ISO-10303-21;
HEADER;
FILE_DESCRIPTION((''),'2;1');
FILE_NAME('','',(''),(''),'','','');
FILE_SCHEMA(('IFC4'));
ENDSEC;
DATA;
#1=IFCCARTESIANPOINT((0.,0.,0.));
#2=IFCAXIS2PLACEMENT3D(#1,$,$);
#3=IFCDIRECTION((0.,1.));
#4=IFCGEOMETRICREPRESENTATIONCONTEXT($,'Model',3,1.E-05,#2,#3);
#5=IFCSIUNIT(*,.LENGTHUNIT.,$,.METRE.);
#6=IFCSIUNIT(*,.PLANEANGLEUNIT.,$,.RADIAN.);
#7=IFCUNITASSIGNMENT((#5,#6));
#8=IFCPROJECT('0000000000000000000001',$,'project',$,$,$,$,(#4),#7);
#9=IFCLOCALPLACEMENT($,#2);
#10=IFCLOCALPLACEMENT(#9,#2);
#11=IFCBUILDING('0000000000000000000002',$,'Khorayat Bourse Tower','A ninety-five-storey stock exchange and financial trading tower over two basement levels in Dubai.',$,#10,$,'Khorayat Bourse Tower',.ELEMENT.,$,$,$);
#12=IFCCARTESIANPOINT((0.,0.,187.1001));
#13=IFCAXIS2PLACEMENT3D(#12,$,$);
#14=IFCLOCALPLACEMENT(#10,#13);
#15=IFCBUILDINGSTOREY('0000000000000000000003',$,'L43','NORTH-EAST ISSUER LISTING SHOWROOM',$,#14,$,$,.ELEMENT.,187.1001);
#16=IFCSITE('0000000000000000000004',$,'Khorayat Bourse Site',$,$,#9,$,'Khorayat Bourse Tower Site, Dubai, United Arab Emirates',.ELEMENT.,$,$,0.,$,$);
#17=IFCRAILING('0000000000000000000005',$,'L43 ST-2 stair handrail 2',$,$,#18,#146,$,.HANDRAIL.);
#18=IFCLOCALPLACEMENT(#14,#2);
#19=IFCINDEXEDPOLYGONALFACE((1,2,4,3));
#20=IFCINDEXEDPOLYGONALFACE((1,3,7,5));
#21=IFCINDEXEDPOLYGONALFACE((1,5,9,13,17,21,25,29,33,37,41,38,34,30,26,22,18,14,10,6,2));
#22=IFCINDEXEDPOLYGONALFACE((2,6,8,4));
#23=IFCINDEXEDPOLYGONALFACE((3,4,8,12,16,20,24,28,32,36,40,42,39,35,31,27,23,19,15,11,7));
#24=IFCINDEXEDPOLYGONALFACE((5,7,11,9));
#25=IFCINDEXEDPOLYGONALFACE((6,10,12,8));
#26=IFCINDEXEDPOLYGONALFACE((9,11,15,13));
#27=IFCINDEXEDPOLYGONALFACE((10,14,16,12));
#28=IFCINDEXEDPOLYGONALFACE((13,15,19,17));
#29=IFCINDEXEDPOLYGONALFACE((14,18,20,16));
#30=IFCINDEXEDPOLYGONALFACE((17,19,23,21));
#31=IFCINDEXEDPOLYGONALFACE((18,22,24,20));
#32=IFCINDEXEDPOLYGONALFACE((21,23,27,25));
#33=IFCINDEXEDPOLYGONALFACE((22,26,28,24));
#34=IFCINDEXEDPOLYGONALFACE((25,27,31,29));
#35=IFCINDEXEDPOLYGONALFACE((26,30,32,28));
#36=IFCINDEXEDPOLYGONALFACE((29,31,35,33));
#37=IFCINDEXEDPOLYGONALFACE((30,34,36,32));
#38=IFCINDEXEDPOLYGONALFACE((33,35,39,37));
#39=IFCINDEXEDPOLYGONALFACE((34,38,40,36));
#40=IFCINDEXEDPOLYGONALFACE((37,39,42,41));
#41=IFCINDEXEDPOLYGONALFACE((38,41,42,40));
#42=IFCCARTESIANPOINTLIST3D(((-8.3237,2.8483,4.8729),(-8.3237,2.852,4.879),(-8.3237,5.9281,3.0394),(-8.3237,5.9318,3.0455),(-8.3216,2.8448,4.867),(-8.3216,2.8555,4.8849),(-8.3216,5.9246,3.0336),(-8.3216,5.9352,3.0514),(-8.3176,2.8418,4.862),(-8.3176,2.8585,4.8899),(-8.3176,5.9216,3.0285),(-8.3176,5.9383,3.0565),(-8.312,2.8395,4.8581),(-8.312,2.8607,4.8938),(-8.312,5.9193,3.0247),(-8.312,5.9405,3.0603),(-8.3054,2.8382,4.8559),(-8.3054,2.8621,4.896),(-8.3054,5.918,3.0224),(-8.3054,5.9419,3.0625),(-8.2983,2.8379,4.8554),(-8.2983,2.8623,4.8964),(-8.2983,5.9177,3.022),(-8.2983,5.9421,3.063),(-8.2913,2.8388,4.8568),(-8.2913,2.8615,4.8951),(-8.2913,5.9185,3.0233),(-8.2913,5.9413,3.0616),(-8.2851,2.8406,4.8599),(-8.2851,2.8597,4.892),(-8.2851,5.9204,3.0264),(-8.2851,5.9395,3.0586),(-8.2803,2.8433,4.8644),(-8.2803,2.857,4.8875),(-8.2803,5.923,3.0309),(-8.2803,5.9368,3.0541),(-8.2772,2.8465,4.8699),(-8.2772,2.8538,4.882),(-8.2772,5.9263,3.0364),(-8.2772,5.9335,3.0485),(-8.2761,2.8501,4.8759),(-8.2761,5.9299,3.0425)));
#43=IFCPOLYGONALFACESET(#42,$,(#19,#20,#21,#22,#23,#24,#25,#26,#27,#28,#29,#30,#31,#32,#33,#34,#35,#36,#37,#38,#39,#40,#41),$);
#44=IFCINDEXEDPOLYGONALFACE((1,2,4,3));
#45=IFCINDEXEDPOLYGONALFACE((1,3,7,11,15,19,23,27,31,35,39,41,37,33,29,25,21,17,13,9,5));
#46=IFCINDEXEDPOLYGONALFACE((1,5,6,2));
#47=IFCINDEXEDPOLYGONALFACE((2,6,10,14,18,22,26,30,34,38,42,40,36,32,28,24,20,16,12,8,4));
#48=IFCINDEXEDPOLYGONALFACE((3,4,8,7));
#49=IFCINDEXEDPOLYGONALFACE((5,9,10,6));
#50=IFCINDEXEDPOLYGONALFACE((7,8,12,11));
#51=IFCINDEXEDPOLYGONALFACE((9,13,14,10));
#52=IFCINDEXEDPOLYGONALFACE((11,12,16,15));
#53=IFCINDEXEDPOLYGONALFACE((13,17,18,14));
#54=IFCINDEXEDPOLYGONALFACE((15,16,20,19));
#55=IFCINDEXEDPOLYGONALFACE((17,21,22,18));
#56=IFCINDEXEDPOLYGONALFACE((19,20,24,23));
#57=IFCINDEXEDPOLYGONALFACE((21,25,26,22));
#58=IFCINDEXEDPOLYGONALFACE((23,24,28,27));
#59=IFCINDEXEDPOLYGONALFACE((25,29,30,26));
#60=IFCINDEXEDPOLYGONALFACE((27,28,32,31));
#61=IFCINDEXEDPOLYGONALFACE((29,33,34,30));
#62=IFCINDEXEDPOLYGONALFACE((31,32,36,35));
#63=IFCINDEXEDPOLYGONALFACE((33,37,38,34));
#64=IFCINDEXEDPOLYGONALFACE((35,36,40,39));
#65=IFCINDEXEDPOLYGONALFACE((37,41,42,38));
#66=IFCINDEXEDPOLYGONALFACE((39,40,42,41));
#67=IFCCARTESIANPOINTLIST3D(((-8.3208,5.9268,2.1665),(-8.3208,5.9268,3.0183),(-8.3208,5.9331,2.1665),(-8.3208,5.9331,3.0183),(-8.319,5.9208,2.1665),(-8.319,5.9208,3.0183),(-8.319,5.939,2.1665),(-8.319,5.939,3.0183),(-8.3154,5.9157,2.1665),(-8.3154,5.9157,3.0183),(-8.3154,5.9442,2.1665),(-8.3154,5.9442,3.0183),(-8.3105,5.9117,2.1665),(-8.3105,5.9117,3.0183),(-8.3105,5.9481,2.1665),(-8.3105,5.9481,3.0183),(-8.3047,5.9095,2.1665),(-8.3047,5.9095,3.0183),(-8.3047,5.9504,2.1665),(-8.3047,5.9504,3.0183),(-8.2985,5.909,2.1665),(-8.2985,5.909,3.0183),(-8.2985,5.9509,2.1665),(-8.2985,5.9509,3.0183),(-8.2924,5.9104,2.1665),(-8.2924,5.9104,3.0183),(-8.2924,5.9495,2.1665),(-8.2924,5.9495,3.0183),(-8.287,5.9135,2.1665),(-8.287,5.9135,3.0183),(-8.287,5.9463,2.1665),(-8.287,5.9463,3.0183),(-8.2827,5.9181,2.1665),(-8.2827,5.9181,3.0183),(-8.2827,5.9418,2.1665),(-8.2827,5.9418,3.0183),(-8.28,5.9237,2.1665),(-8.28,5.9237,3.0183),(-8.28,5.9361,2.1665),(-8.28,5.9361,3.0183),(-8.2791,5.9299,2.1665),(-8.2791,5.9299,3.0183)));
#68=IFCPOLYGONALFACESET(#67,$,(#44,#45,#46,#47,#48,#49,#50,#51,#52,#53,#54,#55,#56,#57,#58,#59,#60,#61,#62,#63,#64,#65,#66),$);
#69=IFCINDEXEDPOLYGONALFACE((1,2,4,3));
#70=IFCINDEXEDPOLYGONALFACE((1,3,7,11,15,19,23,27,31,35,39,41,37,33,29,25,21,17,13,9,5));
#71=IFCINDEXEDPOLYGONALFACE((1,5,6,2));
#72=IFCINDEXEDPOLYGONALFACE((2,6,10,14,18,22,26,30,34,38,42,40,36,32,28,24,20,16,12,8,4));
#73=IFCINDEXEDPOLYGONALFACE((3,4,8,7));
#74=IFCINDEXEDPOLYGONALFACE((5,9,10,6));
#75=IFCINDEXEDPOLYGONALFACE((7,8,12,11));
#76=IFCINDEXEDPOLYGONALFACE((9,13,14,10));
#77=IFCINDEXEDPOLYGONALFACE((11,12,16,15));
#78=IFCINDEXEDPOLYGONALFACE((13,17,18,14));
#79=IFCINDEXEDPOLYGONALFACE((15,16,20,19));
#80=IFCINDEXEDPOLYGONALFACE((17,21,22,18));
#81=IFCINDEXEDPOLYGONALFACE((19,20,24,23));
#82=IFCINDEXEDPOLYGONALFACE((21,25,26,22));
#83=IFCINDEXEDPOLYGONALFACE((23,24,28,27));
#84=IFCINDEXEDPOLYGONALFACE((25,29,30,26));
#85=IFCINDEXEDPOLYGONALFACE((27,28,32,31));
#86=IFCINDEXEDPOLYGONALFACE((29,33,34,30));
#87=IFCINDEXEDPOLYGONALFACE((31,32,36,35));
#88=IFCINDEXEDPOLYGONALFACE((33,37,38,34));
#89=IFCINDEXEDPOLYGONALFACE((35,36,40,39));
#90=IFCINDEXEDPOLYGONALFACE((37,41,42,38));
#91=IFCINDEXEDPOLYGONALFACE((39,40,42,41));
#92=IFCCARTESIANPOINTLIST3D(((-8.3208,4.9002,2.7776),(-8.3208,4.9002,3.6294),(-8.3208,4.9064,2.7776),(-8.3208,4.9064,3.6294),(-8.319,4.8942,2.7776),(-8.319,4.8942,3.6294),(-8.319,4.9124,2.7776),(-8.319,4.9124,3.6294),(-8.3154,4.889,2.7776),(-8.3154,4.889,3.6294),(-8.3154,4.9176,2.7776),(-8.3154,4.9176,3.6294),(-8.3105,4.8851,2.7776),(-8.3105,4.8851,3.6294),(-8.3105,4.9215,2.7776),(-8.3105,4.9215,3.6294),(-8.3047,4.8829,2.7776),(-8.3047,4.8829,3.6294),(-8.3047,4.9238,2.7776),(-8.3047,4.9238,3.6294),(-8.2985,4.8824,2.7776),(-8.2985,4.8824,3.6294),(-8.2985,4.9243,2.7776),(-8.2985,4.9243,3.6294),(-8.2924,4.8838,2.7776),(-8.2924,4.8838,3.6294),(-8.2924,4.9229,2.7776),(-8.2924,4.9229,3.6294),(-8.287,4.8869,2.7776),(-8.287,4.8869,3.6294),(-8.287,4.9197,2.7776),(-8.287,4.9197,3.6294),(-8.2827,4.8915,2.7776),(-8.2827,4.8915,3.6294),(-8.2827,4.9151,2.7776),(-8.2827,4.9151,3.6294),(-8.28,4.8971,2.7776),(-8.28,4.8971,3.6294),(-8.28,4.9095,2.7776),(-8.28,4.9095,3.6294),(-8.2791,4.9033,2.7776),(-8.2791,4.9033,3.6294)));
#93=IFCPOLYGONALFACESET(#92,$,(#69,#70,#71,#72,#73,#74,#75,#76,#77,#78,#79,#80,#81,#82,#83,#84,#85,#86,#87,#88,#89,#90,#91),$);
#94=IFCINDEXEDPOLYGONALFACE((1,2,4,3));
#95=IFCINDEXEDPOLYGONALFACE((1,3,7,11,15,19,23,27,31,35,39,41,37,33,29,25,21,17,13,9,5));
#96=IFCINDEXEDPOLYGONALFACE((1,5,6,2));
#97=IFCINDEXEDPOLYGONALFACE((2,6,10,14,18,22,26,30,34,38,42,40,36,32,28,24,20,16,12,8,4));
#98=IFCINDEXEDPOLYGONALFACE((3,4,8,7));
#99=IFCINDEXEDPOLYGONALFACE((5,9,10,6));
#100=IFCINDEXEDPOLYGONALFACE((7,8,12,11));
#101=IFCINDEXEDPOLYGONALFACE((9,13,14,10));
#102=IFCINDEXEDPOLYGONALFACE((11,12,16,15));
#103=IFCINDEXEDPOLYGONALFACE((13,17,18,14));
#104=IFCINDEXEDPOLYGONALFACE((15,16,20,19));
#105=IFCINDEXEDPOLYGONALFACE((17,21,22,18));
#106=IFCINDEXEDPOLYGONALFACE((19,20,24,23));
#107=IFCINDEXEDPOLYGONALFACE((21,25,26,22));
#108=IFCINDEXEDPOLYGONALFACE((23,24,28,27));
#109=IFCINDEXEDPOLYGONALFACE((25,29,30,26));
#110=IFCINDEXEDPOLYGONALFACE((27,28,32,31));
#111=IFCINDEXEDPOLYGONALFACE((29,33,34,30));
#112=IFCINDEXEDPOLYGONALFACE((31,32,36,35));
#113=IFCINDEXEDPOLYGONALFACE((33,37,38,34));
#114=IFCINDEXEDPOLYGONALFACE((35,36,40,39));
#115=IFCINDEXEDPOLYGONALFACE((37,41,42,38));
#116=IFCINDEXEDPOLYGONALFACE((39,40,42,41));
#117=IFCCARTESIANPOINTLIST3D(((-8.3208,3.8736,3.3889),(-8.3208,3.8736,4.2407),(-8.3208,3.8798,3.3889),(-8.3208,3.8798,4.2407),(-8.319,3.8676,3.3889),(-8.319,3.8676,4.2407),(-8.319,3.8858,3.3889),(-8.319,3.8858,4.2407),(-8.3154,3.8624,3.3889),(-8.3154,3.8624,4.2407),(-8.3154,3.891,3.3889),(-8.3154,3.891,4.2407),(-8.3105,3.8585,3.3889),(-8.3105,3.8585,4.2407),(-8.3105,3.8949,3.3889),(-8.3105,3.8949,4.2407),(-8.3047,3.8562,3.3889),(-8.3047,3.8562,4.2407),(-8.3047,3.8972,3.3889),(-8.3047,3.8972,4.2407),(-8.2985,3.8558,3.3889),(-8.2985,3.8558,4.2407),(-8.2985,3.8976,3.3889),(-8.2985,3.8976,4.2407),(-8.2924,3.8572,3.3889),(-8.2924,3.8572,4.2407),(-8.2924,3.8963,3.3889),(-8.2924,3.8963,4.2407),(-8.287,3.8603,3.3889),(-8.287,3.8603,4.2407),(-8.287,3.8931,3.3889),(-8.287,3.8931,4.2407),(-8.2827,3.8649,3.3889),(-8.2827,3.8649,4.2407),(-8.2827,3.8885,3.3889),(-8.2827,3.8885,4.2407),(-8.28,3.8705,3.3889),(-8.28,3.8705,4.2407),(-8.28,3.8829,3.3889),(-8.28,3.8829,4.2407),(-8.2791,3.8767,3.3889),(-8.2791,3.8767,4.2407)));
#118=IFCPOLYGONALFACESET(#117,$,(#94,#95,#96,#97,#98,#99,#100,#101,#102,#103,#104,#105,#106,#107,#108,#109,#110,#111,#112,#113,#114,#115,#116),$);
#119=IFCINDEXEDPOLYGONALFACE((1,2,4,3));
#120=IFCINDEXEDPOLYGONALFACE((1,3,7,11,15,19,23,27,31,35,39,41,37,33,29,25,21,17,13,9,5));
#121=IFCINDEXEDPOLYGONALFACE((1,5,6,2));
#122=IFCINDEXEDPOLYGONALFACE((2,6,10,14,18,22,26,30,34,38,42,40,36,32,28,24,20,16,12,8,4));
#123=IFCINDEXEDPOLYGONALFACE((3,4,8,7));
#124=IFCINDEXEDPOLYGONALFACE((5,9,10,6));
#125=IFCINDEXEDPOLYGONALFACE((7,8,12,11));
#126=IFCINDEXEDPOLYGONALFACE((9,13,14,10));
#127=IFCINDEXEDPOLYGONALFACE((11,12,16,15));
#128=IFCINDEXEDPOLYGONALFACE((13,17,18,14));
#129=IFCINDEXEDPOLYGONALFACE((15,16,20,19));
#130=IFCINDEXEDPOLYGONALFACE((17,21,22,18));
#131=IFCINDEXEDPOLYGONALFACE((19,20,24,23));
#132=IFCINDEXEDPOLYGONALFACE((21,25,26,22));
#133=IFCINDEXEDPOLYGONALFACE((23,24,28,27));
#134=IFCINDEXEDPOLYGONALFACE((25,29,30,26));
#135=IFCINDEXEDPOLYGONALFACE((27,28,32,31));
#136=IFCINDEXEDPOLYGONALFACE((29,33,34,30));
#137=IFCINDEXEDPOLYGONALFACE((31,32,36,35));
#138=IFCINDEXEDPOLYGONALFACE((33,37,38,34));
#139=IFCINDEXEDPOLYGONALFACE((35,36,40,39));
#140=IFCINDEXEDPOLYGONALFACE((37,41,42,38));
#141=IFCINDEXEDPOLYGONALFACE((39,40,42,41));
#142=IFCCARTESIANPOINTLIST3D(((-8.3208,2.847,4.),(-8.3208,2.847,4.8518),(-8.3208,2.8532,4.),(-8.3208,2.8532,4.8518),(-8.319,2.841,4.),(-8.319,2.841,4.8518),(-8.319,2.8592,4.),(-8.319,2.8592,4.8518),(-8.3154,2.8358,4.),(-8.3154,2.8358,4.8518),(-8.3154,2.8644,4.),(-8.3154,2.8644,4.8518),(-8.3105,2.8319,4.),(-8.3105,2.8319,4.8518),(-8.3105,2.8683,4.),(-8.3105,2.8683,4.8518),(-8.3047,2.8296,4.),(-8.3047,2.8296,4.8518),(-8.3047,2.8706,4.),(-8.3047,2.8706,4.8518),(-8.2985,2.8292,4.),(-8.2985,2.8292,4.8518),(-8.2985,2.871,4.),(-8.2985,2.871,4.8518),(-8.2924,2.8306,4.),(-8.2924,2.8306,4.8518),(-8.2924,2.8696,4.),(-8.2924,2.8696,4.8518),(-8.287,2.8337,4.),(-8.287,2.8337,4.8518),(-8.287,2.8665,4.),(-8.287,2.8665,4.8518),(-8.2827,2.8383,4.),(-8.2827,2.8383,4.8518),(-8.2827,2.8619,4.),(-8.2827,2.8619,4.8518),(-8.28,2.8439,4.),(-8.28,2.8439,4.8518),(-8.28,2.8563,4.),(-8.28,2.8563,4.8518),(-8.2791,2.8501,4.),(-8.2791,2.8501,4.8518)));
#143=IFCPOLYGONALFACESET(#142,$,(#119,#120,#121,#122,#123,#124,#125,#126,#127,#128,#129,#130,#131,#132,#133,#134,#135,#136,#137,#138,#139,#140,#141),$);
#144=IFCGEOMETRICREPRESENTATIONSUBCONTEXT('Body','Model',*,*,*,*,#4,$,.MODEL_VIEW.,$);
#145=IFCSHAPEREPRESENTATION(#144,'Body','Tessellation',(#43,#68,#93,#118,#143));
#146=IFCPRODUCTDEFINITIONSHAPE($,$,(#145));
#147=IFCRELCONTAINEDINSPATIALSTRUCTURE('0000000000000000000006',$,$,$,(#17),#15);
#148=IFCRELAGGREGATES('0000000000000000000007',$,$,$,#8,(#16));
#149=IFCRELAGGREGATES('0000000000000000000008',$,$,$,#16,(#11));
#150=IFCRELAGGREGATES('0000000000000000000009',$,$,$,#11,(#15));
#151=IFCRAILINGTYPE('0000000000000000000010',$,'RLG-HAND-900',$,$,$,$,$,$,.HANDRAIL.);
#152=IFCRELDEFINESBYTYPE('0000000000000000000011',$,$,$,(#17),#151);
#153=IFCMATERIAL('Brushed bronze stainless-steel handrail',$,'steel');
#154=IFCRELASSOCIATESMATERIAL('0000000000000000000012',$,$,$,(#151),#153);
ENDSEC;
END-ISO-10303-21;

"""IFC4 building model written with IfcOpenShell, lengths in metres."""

from ifc_helpers import new_model, si_unit, direction, frame, origin, origin_2d, place, context, subcontext, project, spatial, circle, extrude, source, transform, mapped, material, type_object, element, save


model = new_model("IFC4")

# Units and contexts
model_context = context("Model", 3, precision=1e-05, world=origin(), true_north=direction((0.0, 1.0)))
body_context = subcontext(model_context, "Body", "Model", "MODEL_VIEW")
ifc_project = project(units=[si_unit("LENGTHUNIT", "METRE"), si_unit("PLANEANGLEUNIT", "RADIAN")], contexts=[model_context])

# Site, building, storey
site_placement = place(None, origin())
site = spatial("IfcSite", under=ifc_project, at=site_placement, Name="Khorayat Bourse Site", LongName="Khorayat Bourse Tower Site, Dubai, United Arab Emirates", CompositionType="ELEMENT", RefElevation=0.0)
building_placement = place(site_placement, origin())
building = spatial("IfcBuilding", under=site, at=building_placement, Name="Khorayat Bourse Tower", Description="A ninety-five-storey stock exchange and financial trading tower over two basement levels in Dubai.", LongName="Khorayat Bourse Tower", CompositionType="ELEMENT")
storey_placement = place(building_placement, frame((0.0, 0.0, 187.1001)))
storey = spatial("IfcBuildingStorey", under=building, at=storey_placement, Name="L43", Description="NORTH-EAST ISSUER LISTING SHOWROOM", CompositionType="ELEMENT", Elevation=187.1001)

# Railing
ifc_material_1 = material(Name="Brushed bronze stainless-steel handrail", Category="steel")
railing_type_1 = type_object("IfcRailingType", Name="RLG-HAND-900", PredefinedType="HANDRAIL", material=ifc_material_1)
shared_shape_1 = source(origin(), body_context, "Body", "SweptSolid", [
    extrude(circle(Radius=0.0239, at=origin_2d()), frame((0.0, 0.0, 0.876), z_axis=(0.0, -0.859261, 0.511538), x_axis=(1.0, 0.0, 0.0)), (0.0, 0.0, 1.0), 3.5842),
    extrude(circle(Radius=0.021, at=origin_2d()), origin(), (0.0, 0.0, 1.0), 0.8518),
    extrude(circle(Radius=0.021, at=origin_2d()), frame((0.0, -1.0266, 0.6111)), (0.0, 0.0, 1.0), 0.8518),
    extrude(circle(Radius=0.021, at=origin_2d()), frame((0.0, -2.0532, 1.2224)), (0.0, 0.0, 1.0), 0.8518),
    extrude(circle(Radius=0.021, at=origin_2d()), frame((0.0, -3.0798, 1.8335)), (0.0, 0.0, 1.0), 0.8518),
])
railing_1_placement = place(storey_placement, frame((-8.3, 5.9299, 2.1665)))
element("IfcRailing", 1, at=railing_1_placement, inside=storey, type_object=railing_type_1, Name="L43 ST-2 stair handrail 2", PredefinedType="HANDRAIL", context=body_context, shape_type="MappedRepresentation", body=[
    mapped(shared_shape_1, transform((0.0, 0.0, 0.0), scale=1.0)),
])

save(model, "model.ifc")
